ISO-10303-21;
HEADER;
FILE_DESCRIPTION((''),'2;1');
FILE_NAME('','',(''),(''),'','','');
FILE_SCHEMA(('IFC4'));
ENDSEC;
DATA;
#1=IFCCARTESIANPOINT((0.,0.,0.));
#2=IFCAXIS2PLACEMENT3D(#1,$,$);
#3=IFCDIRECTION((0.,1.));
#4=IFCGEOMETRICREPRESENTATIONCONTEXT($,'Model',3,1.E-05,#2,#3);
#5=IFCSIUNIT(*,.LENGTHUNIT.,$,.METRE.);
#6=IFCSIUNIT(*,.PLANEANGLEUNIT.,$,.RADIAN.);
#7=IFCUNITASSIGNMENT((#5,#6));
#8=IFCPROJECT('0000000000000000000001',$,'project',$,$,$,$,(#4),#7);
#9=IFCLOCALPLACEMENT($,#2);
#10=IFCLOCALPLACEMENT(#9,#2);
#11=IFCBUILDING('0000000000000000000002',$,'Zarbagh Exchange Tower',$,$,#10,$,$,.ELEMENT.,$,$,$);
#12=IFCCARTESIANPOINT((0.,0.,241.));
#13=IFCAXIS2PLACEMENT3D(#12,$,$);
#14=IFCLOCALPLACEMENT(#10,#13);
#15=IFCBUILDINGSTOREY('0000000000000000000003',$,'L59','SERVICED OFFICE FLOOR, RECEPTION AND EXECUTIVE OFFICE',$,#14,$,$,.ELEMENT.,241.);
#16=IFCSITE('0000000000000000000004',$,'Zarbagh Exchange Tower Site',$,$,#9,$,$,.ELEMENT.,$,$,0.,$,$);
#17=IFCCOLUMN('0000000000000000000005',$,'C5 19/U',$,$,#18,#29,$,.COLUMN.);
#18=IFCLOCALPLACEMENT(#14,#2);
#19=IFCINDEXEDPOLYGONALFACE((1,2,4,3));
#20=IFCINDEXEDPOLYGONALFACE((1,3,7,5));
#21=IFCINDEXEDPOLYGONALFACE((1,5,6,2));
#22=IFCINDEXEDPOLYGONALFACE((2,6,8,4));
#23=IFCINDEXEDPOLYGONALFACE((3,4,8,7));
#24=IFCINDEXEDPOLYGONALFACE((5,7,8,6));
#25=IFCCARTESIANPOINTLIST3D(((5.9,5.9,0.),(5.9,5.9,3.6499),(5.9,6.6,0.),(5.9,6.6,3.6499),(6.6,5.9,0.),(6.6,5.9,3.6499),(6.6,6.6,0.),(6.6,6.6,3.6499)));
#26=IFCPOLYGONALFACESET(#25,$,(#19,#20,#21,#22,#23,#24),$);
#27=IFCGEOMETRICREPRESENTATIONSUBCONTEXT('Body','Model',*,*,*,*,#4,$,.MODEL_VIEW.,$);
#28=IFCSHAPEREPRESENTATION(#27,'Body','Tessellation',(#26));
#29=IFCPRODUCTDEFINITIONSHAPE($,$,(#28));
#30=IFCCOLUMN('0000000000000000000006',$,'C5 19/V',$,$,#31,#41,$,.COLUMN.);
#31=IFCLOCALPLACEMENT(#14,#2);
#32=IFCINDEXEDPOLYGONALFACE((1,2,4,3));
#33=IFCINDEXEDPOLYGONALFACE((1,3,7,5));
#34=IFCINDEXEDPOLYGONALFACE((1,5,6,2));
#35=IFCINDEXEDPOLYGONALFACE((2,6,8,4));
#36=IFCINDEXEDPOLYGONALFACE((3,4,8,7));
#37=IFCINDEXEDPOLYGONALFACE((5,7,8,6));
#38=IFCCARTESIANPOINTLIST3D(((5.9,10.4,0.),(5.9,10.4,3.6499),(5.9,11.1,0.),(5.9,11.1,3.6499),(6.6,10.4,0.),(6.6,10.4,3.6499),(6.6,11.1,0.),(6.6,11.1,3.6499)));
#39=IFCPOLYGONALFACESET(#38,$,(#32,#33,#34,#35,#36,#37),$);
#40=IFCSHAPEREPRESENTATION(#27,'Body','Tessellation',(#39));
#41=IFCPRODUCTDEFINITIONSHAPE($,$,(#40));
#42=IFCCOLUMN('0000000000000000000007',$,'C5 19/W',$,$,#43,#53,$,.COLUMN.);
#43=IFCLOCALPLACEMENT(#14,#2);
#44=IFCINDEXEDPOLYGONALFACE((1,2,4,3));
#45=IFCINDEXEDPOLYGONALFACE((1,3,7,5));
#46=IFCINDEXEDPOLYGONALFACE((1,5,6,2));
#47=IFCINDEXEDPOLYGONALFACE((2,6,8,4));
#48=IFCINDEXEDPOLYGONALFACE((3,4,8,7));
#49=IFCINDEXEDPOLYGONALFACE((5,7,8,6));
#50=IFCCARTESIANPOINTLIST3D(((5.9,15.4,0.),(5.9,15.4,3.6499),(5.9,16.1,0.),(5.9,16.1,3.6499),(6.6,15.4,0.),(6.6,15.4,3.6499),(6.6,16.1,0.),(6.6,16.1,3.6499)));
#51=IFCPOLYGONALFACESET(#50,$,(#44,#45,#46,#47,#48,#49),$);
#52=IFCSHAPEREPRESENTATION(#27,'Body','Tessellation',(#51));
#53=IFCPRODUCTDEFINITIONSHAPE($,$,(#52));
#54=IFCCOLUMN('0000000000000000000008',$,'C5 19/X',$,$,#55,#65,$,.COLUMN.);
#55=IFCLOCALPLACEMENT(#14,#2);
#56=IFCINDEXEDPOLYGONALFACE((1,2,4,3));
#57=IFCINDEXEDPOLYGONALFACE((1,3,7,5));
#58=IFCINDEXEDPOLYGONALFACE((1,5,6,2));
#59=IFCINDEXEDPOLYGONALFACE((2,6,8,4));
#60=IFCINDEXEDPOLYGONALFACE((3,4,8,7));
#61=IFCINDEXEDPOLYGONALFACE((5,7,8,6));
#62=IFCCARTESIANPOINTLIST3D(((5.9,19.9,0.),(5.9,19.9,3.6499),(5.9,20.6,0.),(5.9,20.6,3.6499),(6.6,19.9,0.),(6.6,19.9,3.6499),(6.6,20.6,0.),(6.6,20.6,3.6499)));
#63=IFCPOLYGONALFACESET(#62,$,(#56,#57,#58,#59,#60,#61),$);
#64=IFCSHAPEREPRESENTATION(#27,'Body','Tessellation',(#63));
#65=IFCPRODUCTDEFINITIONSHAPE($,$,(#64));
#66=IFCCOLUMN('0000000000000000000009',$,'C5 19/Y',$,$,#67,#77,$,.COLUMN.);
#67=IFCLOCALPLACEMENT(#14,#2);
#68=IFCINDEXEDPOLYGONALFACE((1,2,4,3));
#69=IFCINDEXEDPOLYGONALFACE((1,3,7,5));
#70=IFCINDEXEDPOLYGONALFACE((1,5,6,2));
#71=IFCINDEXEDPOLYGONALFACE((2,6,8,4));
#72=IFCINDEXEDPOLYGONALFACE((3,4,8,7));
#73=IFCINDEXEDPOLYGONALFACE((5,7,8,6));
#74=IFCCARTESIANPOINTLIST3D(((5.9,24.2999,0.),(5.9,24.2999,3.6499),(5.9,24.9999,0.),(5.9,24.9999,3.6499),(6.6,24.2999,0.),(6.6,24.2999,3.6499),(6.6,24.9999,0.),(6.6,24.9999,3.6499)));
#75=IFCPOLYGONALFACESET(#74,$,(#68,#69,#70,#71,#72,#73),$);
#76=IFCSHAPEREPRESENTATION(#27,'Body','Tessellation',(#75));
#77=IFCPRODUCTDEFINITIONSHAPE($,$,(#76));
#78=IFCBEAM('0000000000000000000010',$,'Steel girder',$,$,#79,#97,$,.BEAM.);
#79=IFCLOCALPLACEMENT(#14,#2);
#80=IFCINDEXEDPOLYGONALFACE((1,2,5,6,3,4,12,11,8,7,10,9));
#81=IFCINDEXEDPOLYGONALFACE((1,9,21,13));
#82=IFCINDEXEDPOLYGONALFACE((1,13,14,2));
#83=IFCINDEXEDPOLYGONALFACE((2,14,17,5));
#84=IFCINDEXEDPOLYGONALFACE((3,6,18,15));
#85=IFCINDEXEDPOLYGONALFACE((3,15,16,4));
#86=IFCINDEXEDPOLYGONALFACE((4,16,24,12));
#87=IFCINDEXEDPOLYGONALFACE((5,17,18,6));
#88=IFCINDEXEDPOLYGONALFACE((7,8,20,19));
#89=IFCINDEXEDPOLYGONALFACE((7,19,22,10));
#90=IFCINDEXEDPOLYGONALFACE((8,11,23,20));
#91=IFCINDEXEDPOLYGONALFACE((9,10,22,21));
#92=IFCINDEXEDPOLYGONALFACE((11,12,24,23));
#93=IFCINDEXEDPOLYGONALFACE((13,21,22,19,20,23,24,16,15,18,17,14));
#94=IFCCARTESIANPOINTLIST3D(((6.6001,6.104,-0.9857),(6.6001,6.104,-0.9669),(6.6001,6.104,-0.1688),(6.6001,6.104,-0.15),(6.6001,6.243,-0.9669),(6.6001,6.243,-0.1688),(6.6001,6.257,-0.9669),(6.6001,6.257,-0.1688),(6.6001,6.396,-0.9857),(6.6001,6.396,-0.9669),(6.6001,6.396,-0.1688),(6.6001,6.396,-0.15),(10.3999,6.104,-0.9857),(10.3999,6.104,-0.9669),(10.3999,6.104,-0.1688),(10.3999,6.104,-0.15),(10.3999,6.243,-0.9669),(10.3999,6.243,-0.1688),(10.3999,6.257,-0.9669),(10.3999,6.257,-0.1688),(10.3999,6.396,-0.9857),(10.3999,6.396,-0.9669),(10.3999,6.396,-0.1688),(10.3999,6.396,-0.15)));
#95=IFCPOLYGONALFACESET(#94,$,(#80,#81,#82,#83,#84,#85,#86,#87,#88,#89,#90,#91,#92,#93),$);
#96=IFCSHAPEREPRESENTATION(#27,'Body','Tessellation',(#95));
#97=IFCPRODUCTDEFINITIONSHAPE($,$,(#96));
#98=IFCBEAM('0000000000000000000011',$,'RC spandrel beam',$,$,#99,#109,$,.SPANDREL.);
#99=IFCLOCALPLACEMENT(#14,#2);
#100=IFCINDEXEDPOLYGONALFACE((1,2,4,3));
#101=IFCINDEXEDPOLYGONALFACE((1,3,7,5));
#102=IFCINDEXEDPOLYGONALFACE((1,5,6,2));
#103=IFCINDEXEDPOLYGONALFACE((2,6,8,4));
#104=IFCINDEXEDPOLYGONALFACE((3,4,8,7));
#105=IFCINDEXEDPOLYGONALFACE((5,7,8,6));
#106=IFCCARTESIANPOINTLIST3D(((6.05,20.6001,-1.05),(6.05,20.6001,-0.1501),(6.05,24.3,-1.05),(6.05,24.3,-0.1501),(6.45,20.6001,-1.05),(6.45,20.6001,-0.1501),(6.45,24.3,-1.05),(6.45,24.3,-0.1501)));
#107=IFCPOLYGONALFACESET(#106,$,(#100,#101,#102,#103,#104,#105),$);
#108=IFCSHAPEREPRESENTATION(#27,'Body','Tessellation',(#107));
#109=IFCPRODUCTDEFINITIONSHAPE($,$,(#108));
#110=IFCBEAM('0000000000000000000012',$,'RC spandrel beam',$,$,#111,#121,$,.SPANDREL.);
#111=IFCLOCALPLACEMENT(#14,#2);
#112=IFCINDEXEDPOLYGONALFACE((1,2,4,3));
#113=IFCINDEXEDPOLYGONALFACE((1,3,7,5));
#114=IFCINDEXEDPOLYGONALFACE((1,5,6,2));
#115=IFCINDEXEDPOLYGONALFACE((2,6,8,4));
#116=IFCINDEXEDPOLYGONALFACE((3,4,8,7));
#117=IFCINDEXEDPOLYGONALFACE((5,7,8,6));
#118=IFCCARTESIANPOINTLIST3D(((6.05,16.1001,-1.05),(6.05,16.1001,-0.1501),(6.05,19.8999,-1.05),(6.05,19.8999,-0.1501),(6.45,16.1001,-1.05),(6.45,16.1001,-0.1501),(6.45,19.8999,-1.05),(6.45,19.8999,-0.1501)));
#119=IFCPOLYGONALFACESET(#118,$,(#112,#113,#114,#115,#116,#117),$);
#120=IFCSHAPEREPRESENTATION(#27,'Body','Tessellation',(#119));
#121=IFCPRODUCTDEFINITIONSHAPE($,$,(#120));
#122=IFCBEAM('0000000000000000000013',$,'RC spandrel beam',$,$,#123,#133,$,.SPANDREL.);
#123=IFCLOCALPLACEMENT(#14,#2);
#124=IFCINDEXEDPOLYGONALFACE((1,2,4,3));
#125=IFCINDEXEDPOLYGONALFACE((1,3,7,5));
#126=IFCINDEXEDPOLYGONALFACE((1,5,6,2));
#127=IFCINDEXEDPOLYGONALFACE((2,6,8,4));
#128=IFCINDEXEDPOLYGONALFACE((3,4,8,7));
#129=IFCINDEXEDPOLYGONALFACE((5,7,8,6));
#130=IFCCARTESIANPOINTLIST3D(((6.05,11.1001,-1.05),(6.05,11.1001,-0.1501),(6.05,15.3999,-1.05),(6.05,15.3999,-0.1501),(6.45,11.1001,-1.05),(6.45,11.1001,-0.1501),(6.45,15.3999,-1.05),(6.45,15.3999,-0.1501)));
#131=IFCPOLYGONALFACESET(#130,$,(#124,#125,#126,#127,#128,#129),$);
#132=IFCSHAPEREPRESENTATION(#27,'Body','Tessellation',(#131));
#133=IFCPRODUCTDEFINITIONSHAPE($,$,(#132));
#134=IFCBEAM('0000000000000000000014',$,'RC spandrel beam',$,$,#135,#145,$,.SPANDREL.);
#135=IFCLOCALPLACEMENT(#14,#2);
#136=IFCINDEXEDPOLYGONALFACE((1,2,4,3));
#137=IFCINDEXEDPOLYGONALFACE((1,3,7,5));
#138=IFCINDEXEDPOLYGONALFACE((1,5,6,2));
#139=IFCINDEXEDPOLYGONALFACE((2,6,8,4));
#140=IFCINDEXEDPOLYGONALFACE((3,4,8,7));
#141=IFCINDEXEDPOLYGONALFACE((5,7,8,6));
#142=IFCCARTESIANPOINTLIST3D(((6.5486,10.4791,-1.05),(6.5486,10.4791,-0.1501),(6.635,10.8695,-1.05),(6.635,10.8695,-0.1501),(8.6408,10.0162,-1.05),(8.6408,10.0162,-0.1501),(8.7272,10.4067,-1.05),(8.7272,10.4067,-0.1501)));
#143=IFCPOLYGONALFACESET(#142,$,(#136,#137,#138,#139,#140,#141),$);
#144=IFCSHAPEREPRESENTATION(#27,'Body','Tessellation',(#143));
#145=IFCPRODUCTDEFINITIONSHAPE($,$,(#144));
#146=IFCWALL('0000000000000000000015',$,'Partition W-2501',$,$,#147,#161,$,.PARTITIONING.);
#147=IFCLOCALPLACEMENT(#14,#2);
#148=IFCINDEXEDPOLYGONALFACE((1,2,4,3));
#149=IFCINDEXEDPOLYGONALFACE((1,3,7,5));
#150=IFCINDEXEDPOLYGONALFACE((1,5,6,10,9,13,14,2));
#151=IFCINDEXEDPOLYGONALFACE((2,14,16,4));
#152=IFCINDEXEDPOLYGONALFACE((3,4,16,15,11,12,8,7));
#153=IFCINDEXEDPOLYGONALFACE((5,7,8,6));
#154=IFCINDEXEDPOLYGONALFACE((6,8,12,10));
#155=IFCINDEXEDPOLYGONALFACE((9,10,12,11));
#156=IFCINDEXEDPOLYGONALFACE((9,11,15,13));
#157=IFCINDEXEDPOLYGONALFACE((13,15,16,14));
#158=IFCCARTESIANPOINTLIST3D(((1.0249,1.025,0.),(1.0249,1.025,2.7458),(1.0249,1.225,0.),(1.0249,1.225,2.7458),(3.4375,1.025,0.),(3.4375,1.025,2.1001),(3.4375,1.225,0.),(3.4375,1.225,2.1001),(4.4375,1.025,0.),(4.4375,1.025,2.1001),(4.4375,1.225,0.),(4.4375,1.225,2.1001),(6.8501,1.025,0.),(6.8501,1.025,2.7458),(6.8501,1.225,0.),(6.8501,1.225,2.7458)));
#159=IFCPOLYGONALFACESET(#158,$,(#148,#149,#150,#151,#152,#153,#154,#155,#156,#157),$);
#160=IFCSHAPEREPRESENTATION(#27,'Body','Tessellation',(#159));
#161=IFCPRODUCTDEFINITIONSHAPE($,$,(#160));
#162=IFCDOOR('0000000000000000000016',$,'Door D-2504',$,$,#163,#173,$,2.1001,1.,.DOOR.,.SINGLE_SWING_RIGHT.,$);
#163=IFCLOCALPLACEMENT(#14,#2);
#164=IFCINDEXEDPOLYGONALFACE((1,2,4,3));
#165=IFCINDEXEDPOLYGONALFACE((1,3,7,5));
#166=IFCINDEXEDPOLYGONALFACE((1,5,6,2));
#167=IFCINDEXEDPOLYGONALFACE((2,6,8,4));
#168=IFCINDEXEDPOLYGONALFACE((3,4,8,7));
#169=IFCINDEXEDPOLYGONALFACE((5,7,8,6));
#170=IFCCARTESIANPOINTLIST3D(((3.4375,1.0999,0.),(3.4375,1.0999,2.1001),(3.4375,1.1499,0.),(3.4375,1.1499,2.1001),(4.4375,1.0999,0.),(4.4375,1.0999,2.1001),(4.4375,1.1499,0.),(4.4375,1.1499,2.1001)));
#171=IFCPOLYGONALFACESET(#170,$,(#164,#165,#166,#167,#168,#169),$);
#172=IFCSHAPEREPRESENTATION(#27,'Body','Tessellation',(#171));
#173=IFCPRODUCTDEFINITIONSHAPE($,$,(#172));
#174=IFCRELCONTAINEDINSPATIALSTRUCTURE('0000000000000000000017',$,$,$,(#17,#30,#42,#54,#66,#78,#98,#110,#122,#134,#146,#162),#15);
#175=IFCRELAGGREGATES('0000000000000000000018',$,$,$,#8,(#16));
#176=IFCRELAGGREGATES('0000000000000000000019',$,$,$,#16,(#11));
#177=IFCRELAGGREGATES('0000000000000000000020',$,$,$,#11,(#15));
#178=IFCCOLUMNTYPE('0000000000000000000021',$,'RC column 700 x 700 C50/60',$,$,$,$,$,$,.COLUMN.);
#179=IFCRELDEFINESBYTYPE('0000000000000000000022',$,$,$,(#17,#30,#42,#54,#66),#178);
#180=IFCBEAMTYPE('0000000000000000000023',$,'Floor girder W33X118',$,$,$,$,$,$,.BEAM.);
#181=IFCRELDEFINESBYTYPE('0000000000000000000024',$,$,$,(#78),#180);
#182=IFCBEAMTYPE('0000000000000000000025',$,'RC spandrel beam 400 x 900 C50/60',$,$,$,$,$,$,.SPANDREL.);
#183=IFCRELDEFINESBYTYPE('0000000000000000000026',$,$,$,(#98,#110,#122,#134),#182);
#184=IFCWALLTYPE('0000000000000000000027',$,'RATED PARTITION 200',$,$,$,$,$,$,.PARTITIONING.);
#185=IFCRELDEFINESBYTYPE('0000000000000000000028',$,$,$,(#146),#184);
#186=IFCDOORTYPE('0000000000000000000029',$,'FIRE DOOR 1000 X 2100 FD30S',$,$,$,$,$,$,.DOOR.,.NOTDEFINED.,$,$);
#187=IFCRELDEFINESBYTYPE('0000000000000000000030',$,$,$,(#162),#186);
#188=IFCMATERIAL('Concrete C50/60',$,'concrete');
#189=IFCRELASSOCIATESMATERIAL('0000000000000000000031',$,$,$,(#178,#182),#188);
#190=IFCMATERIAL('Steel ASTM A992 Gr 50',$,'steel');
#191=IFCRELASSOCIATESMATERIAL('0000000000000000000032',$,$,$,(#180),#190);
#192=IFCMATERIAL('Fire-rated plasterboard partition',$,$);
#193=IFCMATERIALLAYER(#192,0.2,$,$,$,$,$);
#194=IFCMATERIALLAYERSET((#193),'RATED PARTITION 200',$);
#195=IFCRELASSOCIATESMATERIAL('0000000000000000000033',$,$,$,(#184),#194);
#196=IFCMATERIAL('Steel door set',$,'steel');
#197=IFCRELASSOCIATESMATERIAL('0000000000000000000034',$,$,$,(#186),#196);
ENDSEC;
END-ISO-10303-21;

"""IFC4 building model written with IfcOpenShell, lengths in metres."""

from ifc_helpers import new_model, si_unit, direction, frame, frame_2d, origin, origin_2d, place, context, subcontext, project, spatial, rectangle, i_section, extrude, material, layer, layer_set, material_profile, profile_set, type_object, element, fill, save


model = new_model("IFC4")

# Units and contexts
model_context = context("Model", 3, precision=1e-05, world=origin(), true_north=direction((0.0, 1.0)))
body_context = subcontext(model_context, "Body", "Model", "MODEL_VIEW")
ifc_project = project(units=[si_unit("LENGTHUNIT", "METRE"), si_unit("PLANEANGLEUNIT", "RADIAN")], contexts=[model_context])

# Site, building, storey
site_placement = place(None, origin())
site = spatial("IfcSite", under=ifc_project, at=site_placement, Name="Zarbagh Exchange Tower Site", CompositionType="ELEMENT", RefElevation=0.0)
building_placement = place(site_placement, origin())
building = spatial("IfcBuilding", under=site, at=building_placement, Name="Zarbagh Exchange Tower", CompositionType="ELEMENT")
storey_placement = place(building_placement, frame((0.0, 0.0, 241.0)))
storey = spatial("IfcBuildingStorey", under=building, at=storey_placement, Name="L59", Description="SERVICED OFFICE FLOOR, RECEPTION AND EXECUTIVE OFFICE", CompositionType="ELEMENT", Elevation=241.0)

# Columns
ifc_material_1 = material(Name="Concrete C50/60", Category="concrete")
ifc_material_profile_1 = material_profile(ifc_material_1, rectangle(XDim=0.7, YDim=0.7, at=origin_2d()), Name="RC column 700 x 700 C50/60")
ifc_profile_set_1 = profile_set([ifc_material_profile_1], Name="Concrete C50/60")
column_type = type_object("IfcColumnType", Name="RC column 700 x 700 C50/60", PredefinedType="COLUMN", material=ifc_profile_set_1)
for number, where, z_axis, x_axis, name in (
    (1, (6.25, 6.25, 0.0), (0.0, 0.0, 1.0), (1.0, 0.0, 0.0), "C5 19/U"),
    (2, (6.25, 10.75, 0.0), (0.0, 0.0, 1.0), (1.0, 0.0, 0.0), "C5 19/V"),
    (3, (6.25, 15.75, 0.0), (0.0, 0.0, 1.0), (1.0, 0.0, 0.0), "C5 19/W"),
    (4, (6.25, 20.25, 0.0), (0.0, 0.0, 1.0), (1.0, 0.0, 0.0), "C5 19/X"),
    (5, (6.25, 24.6499, 0.0), (0.0, 0.0, 1.0), (1.0, 0.0, 0.0), "C5 19/Y"),
):
    element("IfcColumn", number, at=place(storey_placement, frame(where, z_axis=z_axis, x_axis=x_axis)), inside=storey, type_object=column_type, Name=name, PredefinedType="COLUMN", context=body_context, shape_type="SweptSolid", body=[
        extrude(rectangle(XDim=0.7, YDim=0.7, at=origin_2d()), origin(), (0.0, 0.0, 1.0), 3.6499),
    ])

# Beams
ifc_material_2 = material(Name="Steel ASTM A992 Gr 50", Category="steel")
ifc_material_profile_2 = material_profile(ifc_material_2, i_section(OverallWidth=0.292, OverallDepth=0.8357, WebThickness=0.0139, FlangeThickness=0.0188, at=origin_2d()), Name="W33X118")
ifc_profile_set_2 = profile_set([ifc_material_profile_2], Name="Steel ASTM A992 Gr 50")
beam_type_1 = type_object("IfcBeamType", Name="Floor girder W33X118", PredefinedType="BEAM", material=ifc_profile_set_2)
beam_1_placement = place(storey_placement, frame((6.6001, 6.25, -0.5679), z_axis=(1.0, 0.0, 0.0), x_axis=(0.0, 1.0, 0.0)))
element("IfcBeam", 6, at=beam_1_placement, inside=storey, type_object=beam_type_1, Name="Steel girder", PredefinedType="BEAM", context=body_context, shape_type="SweptSolid", body=[
    extrude(i_section(OverallWidth=0.292, OverallDepth=0.8357, WebThickness=0.0139, FlangeThickness=0.0188, at=origin_2d()), origin(), (0.0, 0.0, 1.0), 3.7998),
])
ifc_material_profile_3 = material_profile(ifc_material_1, rectangle(XDim=0.3999, YDim=0.8999, at=origin_2d()), Name="RC spandrel beam 400 x 900 C50/60")
ifc_profile_set_3 = profile_set([ifc_material_profile_3], Name="Concrete C50/60")
beam_type_2 = type_object("IfcBeamType", Name="RC spandrel beam 400 x 900 C50/60", PredefinedType="SPANDREL", material=ifc_profile_set_3)
beam_2_placement = place(storey_placement, frame((6.25, 24.3, -0.6001), z_axis=(0.0, -1.0, 0.0), x_axis=(1.0, 0.0, 0.0)))
element("IfcBeam", 7, at=beam_2_placement, inside=storey, type_object=beam_type_2, Name="RC spandrel beam", PredefinedType="SPANDREL", context=body_context, shape_type="SweptSolid", body=[
    extrude(rectangle(XDim=0.3999, YDim=0.8999, at=origin_2d()), origin(), (0.0, 0.0, 1.0), 3.7),
])
beam_3_placement = place(storey_placement, frame((6.25, 19.8999, -0.6001), z_axis=(0.0, -1.0, 0.0), x_axis=(1.0, 0.0, 0.0)))
element("IfcBeam", 8, at=beam_3_placement, inside=storey, type_object=beam_type_2, Name="RC spandrel beam", PredefinedType="SPANDREL", context=body_context, shape_type="SweptSolid", body=[
    extrude(rectangle(XDim=0.3999, YDim=0.8999, at=origin_2d()), origin(), (0.0, 0.0, 1.0), 3.7998),
])
beam_4_placement = place(storey_placement, frame((6.25, 15.3999, -0.6001), z_axis=(0.0, -1.0, 0.0), x_axis=(1.0, 0.0, 0.0)))
element("IfcBeam", 9, at=beam_4_placement, inside=storey, type_object=beam_type_2, Name="RC spandrel beam", PredefinedType="SPANDREL", context=body_context, shape_type="SweptSolid", body=[
    extrude(rectangle(XDim=0.3999, YDim=0.8999, at=origin_2d()), origin(), (0.0, 0.0, 1.0), 4.2998),
])
beam_5_placement = place(storey_placement, frame((6.5918, 10.6743, -0.6001), z_axis=(0.97639, -0.216014, 0.0), x_axis=(0.216014, 0.97639, 0.0)))
element("IfcBeam", 10, at=beam_5_placement, inside=storey, type_object=beam_type_2, Name="RC spandrel beam", PredefinedType="SPANDREL", context=body_context, shape_type="SweptSolid", body=[
    extrude(rectangle(XDim=0.3999, YDim=0.8999, at=origin_2d()), origin(), (0.0, 0.0, 1.0), 2.1428),
])

# Wall, opening, door
ifc_material_3 = material(Name="Fire-rated plasterboard partition")
ifc_layer_1 = layer(ifc_material_3, 0.2)
ifc_layer_set_1 = layer_set([ifc_layer_1], Name="RATED PARTITION 200")
wall_type_1 = type_object("IfcWallType", Name="RATED PARTITION 200", PredefinedType="PARTITIONING", material=ifc_layer_set_1)
wall_1_placement = place(storey_placement, frame((1.0249, 1.125, 0.0), z_axis=(0.0, 0.0, 1.0), x_axis=(1.0, 0.0, 0.0)))
wall_1 = element("IfcWall", 11, at=wall_1_placement, inside=storey, type_object=wall_type_1, Name="Partition W-2501", PredefinedType="PARTITIONING", context=body_context, shape_type="SweptSolid", body=[
    extrude(rectangle(XDim=5.8252, YDim=0.2, at=frame_2d((2.9126, 0.0))), origin(), (0.0, 0.0, 1.0), 2.7458),
])
opening_1_placement = place(wall_1_placement, frame((2.4126, 0.0, 0.0)))
opening_1 = element("IfcOpeningElement", 12, at=opening_1_placement, cuts=wall_1, PredefinedType="OPENING", context=body_context, shape_type="SweptSolid", body=[
    extrude(rectangle(XDim=1.0, YDim=2.1001, at=frame_2d((0.5, 1.05))), frame((0.0, 0.1099, 0.0), z_axis=(0.0, -1.0, 0.0), x_axis=(1.0, 0.0, 0.0)), (0.0, 0.0, 1.0), 0.22),
])
ifc_material_4 = material(Name="Steel door set", Category="steel")
door_type_1 = type_object("IfcDoorType", Name="FIRE DOOR 1000 X 2100 FD30S", OperationType="NOTDEFINED", PredefinedType="DOOR", material=ifc_material_4)
door_1_placement = place(opening_1_placement, origin())
door_1 = element("IfcDoor", 13, at=door_1_placement, inside=storey, type_object=door_type_1, Name="Door D-2504", OperationType="SINGLE_SWING_RIGHT", OverallHeight=2.1001, OverallWidth=1.0, PredefinedType="DOOR", context=body_context, shape_type="SweptSolid", body=[
    extrude(rectangle(XDim=1.0, YDim=2.1001, at=frame_2d((0.5, 1.05))), frame((0.0, 0.0249, 0.0), z_axis=(0.0, -1.0, 0.0), x_axis=(1.0, 0.0, 0.0)), (0.0, 0.0, 1.0), 0.05),
])
fill(opening_1, door_1)

save(model, "model.ifc")
